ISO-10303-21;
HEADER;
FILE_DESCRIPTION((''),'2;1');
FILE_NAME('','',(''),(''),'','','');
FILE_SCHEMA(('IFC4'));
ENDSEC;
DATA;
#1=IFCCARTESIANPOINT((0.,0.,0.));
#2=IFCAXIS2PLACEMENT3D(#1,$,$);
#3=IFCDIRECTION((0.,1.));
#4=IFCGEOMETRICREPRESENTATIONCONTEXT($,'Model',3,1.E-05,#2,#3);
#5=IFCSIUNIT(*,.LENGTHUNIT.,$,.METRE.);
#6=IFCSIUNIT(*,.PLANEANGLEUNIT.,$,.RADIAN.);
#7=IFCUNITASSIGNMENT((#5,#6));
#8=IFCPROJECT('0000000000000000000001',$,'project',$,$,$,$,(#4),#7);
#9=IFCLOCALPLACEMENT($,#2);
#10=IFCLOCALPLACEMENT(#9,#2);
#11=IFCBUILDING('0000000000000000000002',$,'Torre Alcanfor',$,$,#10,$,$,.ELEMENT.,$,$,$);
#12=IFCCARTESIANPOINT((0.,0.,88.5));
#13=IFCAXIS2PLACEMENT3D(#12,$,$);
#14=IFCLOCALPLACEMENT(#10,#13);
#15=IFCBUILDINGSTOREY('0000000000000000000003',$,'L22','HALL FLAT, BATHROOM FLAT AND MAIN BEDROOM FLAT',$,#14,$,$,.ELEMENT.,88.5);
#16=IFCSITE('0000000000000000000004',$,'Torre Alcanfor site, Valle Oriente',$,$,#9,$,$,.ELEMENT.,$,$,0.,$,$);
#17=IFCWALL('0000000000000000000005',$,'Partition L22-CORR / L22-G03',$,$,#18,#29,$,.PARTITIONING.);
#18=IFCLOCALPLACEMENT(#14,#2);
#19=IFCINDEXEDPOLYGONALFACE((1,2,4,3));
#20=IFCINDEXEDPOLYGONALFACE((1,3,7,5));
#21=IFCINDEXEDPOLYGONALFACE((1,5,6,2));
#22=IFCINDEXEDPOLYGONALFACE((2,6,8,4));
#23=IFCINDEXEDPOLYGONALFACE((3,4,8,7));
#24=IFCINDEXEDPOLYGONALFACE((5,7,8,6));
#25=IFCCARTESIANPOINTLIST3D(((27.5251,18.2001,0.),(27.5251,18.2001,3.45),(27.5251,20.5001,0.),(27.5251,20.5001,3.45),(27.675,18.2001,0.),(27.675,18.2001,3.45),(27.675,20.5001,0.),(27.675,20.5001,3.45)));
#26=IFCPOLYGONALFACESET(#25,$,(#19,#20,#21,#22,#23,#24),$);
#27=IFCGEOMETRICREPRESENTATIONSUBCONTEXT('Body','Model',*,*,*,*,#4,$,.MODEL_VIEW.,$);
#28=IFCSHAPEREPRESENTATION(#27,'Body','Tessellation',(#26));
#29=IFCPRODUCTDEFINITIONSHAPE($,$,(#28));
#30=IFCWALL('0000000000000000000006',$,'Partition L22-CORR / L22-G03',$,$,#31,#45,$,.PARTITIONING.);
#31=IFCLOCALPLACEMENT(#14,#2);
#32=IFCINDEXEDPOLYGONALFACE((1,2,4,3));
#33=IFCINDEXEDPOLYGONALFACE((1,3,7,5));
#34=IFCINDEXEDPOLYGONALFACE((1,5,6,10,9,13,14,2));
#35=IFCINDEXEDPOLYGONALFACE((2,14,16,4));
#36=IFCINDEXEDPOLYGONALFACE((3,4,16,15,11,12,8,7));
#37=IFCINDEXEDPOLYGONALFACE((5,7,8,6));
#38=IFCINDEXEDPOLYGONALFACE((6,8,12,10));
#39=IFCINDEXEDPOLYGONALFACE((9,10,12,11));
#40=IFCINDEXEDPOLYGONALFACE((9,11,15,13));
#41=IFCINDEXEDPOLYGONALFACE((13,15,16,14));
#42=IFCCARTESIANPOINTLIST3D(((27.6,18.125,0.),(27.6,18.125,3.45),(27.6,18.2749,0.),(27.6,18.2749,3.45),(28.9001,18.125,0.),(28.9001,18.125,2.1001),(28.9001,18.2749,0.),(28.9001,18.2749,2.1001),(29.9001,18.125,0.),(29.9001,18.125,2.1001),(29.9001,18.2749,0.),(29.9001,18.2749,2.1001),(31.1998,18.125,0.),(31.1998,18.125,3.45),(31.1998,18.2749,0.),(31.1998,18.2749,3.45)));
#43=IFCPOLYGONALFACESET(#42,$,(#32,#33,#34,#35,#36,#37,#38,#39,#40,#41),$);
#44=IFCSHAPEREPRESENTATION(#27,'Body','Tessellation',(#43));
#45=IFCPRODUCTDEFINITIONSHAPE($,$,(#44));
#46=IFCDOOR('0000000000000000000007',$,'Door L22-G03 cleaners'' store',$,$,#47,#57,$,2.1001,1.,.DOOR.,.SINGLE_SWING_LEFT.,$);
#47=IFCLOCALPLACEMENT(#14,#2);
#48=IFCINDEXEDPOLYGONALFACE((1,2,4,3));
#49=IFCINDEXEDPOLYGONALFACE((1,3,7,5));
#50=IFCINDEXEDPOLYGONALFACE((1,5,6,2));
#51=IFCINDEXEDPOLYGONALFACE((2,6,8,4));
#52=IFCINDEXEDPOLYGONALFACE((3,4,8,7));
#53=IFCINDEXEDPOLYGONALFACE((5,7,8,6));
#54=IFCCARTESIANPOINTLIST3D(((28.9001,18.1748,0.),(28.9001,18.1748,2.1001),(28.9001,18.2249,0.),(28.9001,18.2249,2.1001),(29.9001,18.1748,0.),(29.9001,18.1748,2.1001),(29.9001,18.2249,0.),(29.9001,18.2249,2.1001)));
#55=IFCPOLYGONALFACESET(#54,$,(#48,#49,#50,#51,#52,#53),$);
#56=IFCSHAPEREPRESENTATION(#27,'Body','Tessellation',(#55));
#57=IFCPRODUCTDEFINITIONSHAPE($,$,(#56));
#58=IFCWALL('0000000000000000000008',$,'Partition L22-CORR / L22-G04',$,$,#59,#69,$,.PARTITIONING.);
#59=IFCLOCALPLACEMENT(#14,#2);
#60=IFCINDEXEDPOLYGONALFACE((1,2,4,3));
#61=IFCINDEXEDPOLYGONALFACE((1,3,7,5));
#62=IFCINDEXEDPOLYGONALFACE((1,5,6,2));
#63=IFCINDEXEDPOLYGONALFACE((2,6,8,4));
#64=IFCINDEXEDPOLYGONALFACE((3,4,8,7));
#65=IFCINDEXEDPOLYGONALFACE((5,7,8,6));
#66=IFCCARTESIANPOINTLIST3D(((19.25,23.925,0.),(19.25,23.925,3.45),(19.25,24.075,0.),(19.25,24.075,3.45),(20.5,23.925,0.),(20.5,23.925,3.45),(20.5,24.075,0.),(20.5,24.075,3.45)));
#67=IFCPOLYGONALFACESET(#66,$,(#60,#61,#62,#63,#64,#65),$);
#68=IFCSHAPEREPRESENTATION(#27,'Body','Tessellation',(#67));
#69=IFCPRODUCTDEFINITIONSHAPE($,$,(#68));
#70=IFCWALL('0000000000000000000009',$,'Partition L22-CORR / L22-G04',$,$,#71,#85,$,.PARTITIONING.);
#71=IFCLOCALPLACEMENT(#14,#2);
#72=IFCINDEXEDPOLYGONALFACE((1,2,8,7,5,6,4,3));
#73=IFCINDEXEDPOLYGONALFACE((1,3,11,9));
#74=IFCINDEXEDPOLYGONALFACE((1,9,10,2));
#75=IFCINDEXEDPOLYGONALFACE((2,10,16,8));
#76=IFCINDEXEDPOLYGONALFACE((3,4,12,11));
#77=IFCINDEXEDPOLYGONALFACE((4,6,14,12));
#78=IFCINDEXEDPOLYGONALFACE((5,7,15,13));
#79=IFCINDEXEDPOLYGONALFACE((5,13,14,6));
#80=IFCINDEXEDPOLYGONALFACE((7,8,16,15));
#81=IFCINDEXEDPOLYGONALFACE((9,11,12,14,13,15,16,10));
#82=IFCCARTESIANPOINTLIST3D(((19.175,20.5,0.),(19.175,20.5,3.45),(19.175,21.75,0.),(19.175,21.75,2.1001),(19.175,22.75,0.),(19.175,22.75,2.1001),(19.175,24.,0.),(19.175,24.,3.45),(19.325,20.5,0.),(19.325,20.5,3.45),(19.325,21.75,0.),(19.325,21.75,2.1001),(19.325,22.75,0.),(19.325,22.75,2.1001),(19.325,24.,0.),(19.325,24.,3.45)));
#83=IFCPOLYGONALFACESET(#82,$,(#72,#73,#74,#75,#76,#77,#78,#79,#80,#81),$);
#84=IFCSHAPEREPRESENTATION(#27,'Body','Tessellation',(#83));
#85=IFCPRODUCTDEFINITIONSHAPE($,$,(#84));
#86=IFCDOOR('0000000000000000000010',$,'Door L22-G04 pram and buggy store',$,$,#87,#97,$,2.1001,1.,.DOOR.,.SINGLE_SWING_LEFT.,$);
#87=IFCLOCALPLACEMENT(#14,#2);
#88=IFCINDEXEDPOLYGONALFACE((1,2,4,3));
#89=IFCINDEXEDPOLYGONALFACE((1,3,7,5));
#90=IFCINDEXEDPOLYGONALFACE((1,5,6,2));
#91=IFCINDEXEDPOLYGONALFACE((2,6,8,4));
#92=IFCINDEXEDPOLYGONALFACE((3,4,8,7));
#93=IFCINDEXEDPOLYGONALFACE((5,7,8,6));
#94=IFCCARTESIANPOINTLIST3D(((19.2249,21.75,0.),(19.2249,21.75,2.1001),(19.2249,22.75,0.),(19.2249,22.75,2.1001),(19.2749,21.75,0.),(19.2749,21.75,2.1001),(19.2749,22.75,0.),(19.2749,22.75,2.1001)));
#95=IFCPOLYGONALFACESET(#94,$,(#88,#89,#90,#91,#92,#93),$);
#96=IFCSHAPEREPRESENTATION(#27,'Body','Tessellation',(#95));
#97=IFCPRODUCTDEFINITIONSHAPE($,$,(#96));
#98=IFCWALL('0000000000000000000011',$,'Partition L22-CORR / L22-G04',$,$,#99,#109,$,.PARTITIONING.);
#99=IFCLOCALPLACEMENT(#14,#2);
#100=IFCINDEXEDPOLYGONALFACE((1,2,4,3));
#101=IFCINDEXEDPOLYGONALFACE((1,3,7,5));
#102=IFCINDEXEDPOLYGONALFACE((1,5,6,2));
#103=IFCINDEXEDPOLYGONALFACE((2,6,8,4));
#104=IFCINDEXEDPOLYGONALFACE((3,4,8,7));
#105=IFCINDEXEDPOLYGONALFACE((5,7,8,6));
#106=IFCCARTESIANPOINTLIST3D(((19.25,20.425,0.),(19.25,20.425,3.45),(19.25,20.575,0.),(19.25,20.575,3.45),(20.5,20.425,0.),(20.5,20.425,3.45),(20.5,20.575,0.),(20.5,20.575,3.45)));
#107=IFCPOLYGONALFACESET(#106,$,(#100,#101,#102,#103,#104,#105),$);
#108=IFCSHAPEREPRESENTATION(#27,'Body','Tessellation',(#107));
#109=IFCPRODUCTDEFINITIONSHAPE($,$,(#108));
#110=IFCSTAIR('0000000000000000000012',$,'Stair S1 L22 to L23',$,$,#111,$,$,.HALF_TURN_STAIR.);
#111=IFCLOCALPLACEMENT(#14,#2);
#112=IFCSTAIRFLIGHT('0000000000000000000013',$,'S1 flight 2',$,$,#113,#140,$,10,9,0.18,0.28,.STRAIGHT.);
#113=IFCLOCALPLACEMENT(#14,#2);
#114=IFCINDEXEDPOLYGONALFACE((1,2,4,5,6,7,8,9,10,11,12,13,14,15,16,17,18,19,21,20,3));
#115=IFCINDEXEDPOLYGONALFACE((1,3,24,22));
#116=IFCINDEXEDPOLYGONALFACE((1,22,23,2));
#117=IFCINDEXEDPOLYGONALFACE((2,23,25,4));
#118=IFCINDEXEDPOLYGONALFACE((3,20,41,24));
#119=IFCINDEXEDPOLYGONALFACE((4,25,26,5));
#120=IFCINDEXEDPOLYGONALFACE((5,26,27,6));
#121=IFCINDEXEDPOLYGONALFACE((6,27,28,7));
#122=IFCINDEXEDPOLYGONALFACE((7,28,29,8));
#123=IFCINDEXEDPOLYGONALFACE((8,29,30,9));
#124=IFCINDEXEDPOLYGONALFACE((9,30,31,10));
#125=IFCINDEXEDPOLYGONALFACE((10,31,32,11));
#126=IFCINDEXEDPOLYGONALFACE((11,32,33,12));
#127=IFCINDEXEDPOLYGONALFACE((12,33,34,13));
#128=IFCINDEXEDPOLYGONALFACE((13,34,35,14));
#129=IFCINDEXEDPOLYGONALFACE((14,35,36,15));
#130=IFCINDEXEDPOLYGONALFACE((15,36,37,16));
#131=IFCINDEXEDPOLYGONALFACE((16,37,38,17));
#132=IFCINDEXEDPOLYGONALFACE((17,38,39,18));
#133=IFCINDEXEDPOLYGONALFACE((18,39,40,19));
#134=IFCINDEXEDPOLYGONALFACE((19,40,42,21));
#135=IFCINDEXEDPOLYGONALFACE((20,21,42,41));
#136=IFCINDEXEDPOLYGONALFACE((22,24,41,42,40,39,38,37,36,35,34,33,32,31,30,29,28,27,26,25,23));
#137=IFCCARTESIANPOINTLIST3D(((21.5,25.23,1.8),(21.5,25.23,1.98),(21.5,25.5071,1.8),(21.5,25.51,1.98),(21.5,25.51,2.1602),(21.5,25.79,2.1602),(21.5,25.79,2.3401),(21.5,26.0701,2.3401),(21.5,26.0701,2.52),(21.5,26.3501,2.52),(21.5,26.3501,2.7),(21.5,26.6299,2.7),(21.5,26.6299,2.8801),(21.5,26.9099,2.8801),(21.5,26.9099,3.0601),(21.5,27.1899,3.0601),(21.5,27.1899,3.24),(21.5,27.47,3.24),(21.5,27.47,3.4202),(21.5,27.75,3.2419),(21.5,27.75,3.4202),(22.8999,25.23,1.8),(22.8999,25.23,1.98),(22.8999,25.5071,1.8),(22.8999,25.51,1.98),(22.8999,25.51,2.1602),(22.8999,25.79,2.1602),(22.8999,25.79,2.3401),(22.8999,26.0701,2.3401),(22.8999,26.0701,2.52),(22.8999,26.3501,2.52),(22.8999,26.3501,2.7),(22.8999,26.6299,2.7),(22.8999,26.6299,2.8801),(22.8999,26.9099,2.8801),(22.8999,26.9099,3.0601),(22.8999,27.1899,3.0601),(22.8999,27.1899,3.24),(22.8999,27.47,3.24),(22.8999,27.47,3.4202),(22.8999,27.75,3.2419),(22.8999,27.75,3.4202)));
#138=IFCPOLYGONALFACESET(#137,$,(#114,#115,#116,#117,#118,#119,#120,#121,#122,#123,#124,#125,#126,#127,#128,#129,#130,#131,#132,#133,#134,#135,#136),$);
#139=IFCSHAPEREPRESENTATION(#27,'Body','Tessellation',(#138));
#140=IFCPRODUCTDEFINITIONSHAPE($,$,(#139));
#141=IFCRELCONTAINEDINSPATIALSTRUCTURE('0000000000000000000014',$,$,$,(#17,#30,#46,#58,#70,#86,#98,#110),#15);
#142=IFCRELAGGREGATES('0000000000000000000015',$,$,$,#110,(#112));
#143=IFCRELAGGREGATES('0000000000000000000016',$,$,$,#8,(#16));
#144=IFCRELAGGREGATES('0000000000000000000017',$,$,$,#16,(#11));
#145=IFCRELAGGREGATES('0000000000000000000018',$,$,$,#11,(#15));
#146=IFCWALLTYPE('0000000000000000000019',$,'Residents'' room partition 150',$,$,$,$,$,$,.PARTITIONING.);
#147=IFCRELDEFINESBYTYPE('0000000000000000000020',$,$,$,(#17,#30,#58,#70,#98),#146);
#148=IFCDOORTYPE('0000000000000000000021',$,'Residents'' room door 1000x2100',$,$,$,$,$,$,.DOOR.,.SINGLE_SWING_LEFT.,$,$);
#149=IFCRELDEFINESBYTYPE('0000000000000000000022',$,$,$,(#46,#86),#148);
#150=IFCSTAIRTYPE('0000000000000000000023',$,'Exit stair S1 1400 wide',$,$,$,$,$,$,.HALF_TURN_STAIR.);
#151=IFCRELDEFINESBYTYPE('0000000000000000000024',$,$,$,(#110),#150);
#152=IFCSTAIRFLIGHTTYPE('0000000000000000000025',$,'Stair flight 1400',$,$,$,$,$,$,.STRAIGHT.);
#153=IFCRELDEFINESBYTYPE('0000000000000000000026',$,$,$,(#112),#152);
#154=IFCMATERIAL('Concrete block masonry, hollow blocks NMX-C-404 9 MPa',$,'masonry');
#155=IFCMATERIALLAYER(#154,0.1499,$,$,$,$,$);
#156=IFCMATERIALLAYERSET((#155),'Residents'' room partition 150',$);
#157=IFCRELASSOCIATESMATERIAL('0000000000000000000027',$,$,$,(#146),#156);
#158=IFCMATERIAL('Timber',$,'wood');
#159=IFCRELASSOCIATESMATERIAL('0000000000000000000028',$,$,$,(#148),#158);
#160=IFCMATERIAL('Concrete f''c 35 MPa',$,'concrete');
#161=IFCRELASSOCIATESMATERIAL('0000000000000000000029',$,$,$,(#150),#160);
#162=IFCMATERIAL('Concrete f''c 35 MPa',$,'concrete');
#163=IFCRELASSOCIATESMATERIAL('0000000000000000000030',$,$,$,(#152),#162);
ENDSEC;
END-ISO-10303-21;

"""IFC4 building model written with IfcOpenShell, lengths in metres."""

from ifc_helpers import new_model, si_unit, direction, frame, frame_2d, origin, place, context, subcontext, project, spatial, polyline, rectangle, outline, extrude, material, layer, layer_set, type_object, element, fill, aggregate, save


model = new_model("IFC4")

# Units and contexts
model_context = context("Model", 3, precision=1e-05, world=origin(), true_north=direction((0.0, 1.0)))
body_context = subcontext(model_context, "Body", "Model", "MODEL_VIEW")
ifc_project = project(units=[si_unit("LENGTHUNIT", "METRE"), si_unit("PLANEANGLEUNIT", "RADIAN")], contexts=[model_context])

# Site, building, storey
site_placement = place(None, origin())
site = spatial("IfcSite", under=ifc_project, at=site_placement, Name="Torre Alcanfor site, Valle Oriente", CompositionType="ELEMENT", RefElevation=0.0)
building_placement = place(site_placement, origin())
building = spatial("IfcBuilding", under=site, at=building_placement, Name="Torre Alcanfor", CompositionType="ELEMENT")
storey_placement = place(building_placement, frame((0.0, 0.0, 88.5)))
storey = spatial("IfcBuildingStorey", under=building, at=storey_placement, Name="L22", Description="HALL FLAT, BATHROOM FLAT AND MAIN BEDROOM FLAT", CompositionType="ELEMENT", Elevation=88.5)

# Wall
ifc_material_1 = material(Name="Concrete block masonry, hollow blocks NMX-C-404 9 MPa", Category="masonry")
ifc_layer_1 = layer(ifc_material_1, 0.1499)
ifc_layer_set_1 = layer_set([ifc_layer_1], Name="Residents' room partition 150")
wall_type_1 = type_object("IfcWallType", Name="Residents' room partition 150", PredefinedType="PARTITIONING", material=ifc_layer_set_1)
wall_1_placement = place(storey_placement, frame((27.6001, 20.5, 0.0), z_axis=(0.0, 0.0, 1.0), x_axis=(0.0, -1.0, 0.0)))
element("IfcWall", 1, at=wall_1_placement, inside=storey, type_object=wall_type_1, Name="Partition L22-CORR / L22-G03", PredefinedType="PARTITIONING", context=body_context, shape_type="SweptSolid", body=[
    extrude(rectangle(XDim=2.3, YDim=0.1499, at=frame_2d((1.1499, 0.0))), origin(), (0.0, 0.0, 1.0), 3.45),
])

# Wall, opening, door
wall_2_placement = place(storey_placement, frame((27.6001, 18.2, 0.0), z_axis=(0.0, 0.0, 1.0), x_axis=(1.0, 0.0, 0.0)))
wall_2 = element("IfcWall", 2, at=wall_2_placement, inside=storey, type_object=wall_type_1, Name="Partition L22-CORR / L22-G03", PredefinedType="PARTITIONING", context=body_context, shape_type="SweptSolid", body=[
    extrude(rectangle(XDim=3.5999, YDim=0.1499, at=frame_2d((1.7998, 0.0))), origin(), (0.0, 0.0, 1.0), 3.45),
])
opening_1_placement = place(wall_2_placement, frame((1.3, 0.0, 0.0)))
opening_1 = element("IfcOpeningElement", 3, at=opening_1_placement, cuts=wall_2, PredefinedType="OPENING", context=body_context, shape_type="SweptSolid", body=[
    extrude(rectangle(XDim=1.0, YDim=2.1001, at=frame_2d((0.5, 1.05))), frame((0.0, 0.085, 0.0), z_axis=(0.0, -1.0, 0.0), x_axis=(1.0, 0.0, 0.0)), (0.0, 0.0, 1.0), 0.1699),
])
ifc_material_2 = material(Name="Timber", Category="wood")
door_type_1 = type_object("IfcDoorType", Name="Residents' room door 1000x2100", OperationType="SINGLE_SWING_LEFT", PredefinedType="DOOR", material=ifc_material_2)
door_1_placement = place(opening_1_placement, origin())
door_1 = element("IfcDoor", 4, at=door_1_placement, inside=storey, type_object=door_type_1, Name="Door L22-G03 cleaners' store", OperationType="SINGLE_SWING_LEFT", OverallHeight=2.1001, OverallWidth=1.0, PredefinedType="DOOR", context=body_context, shape_type="SweptSolid", body=[
    extrude(rectangle(XDim=1.0, YDim=2.1001, at=frame_2d((0.5, 1.05))), frame((0.0, 0.0249, 0.0), z_axis=(0.0, -1.0, 0.0), x_axis=(1.0, 0.0, 0.0)), (0.0, 0.0, 1.0), 0.05),
])
fill(opening_1, door_1)

# Wall
wall_3_placement = place(storey_placement, frame((20.5, 24.0, 0.0), z_axis=(0.0, 0.0, 1.0), x_axis=(-1.0, 0.0, 0.0)))
element("IfcWall", 5, at=wall_3_placement, inside=storey, type_object=wall_type_1, Name="Partition L22-CORR / L22-G04", PredefinedType="PARTITIONING", context=body_context, shape_type="SweptSolid", body=[
    extrude(rectangle(XDim=1.25, YDim=0.1499, at=frame_2d((0.625, 0.0))), origin(), (0.0, 0.0, 1.0), 3.45),
])

# Wall, opening, door
wall_4_placement = place(storey_placement, frame((19.25, 24.0, 0.0), z_axis=(0.0, 0.0, 1.0), x_axis=(0.0, -1.0, 0.0)))
wall_4 = element("IfcWall", 6, at=wall_4_placement, inside=storey, type_object=wall_type_1, Name="Partition L22-CORR / L22-G04", PredefinedType="PARTITIONING", context=body_context, shape_type="SweptSolid", body=[
    extrude(rectangle(XDim=3.5, YDim=0.1499, at=frame_2d((1.75, 0.0))), origin(), (0.0, 0.0, 1.0), 3.45),
])
opening_2_placement = place(wall_4_placement, frame((1.25, 0.0, 0.0)))
opening_2 = element("IfcOpeningElement", 7, at=opening_2_placement, cuts=wall_4, PredefinedType="OPENING", context=body_context, shape_type="SweptSolid", body=[
    extrude(rectangle(XDim=1.0, YDim=2.1001, at=frame_2d((0.5, 1.05))), frame((0.0, 0.085, 0.0), z_axis=(0.0, -1.0, 0.0), x_axis=(1.0, 0.0, 0.0)), (0.0, 0.0, 1.0), 0.1699),
])
door_2_placement = place(opening_2_placement, origin())
door_2 = element("IfcDoor", 8, at=door_2_placement, inside=storey, type_object=door_type_1, Name="Door L22-G04 pram and buggy store", OperationType="SINGLE_SWING_LEFT", OverallHeight=2.1001, OverallWidth=1.0, PredefinedType="DOOR", context=body_context, shape_type="SweptSolid", body=[
    extrude(rectangle(XDim=1.0, YDim=2.1001, at=frame_2d((0.5, 1.05))), frame((0.0, 0.0249, 0.0), z_axis=(0.0, -1.0, 0.0), x_axis=(1.0, 0.0, 0.0)), (0.0, 0.0, 1.0), 0.05),
])
fill(opening_2, door_2)

# Wall
wall_5_placement = place(storey_placement, frame((19.25, 20.5, 0.0), z_axis=(0.0, 0.0, 1.0), x_axis=(1.0, 0.0, 0.0)))
element("IfcWall", 9, at=wall_5_placement, inside=storey, type_object=wall_type_1, Name="Partition L22-CORR / L22-G04", PredefinedType="PARTITIONING", context=body_context, shape_type="SweptSolid", body=[
    extrude(rectangle(XDim=1.25, YDim=0.1499, at=frame_2d((0.625, 0.0))), origin(), (0.0, 0.0, 1.0), 3.45),
])

# Stair, stair flight
ifc_material_3 = material(Name="Concrete f'c 35 MPa", Category="concrete")
stair_type = type_object("IfcStairType", Name="Exit stair S1 1400 wide", PredefinedType="HALF_TURN_STAIR", material=ifc_material_3)
stair_placement = place(storey_placement, origin())
stair = element("IfcStair", 10, at=stair_placement, inside=storey, type_object=stair_type, Name="Stair S1 L22 to L23", PredefinedType="HALF_TURN_STAIR")
ifc_material_4 = material(Name="Concrete f'c 35 MPa", Category="concrete")
stair_flight_type = type_object("IfcStairFlightType", Name="Stair flight 1400", PredefinedType="STRAIGHT", material=ifc_material_4)
stair_flight_placement = place(storey_placement, frame((22.2, 25.23, 1.8), z_axis=(0.0, 0.0, 1.0), x_axis=(0.0, 1.0, 0.0)))
stair_flight = element("IfcStairFlight", 11, at=stair_flight_placement, type_object=stair_flight_type, Name="S1 flight 2", NumberOfRisers=10, NumberOfTreads=9, PredefinedType="STRAIGHT", RiserHeight=0.18, TreadLength=0.28, context=body_context, shape_type="SweptSolid", body=[
    extrude(outline(polyline([(0.0, 0.0), (0.0, 0.1799), (0.28, 0.1799), (0.28, 0.3601), (0.5601, 0.3601), (0.5601, 0.54), (0.8401, 0.54), (0.8401, 0.72), (1.1201, 0.72), (1.1201, 0.8999), (1.3999, 0.8999), (1.3999, 1.0801), (1.6799, 1.0801), (1.6799, 1.26), (1.96, 1.26), (1.96, 1.4399), (2.24, 1.4399), (2.24, 1.6201), (2.52, 1.6201), (2.52, 1.8), (2.52, 1.4419), (0.2771, 0.0), (0.0, 0.0)])), frame((0.0, 0.7, 0.0), z_axis=(0.0, -1.0, 0.0), x_axis=(1.0, 0.0, 0.0)), (0.0, 0.0, 1.0), 1.3999),
])
aggregate(stair, [stair_flight])

save(model, "model.ifc")
